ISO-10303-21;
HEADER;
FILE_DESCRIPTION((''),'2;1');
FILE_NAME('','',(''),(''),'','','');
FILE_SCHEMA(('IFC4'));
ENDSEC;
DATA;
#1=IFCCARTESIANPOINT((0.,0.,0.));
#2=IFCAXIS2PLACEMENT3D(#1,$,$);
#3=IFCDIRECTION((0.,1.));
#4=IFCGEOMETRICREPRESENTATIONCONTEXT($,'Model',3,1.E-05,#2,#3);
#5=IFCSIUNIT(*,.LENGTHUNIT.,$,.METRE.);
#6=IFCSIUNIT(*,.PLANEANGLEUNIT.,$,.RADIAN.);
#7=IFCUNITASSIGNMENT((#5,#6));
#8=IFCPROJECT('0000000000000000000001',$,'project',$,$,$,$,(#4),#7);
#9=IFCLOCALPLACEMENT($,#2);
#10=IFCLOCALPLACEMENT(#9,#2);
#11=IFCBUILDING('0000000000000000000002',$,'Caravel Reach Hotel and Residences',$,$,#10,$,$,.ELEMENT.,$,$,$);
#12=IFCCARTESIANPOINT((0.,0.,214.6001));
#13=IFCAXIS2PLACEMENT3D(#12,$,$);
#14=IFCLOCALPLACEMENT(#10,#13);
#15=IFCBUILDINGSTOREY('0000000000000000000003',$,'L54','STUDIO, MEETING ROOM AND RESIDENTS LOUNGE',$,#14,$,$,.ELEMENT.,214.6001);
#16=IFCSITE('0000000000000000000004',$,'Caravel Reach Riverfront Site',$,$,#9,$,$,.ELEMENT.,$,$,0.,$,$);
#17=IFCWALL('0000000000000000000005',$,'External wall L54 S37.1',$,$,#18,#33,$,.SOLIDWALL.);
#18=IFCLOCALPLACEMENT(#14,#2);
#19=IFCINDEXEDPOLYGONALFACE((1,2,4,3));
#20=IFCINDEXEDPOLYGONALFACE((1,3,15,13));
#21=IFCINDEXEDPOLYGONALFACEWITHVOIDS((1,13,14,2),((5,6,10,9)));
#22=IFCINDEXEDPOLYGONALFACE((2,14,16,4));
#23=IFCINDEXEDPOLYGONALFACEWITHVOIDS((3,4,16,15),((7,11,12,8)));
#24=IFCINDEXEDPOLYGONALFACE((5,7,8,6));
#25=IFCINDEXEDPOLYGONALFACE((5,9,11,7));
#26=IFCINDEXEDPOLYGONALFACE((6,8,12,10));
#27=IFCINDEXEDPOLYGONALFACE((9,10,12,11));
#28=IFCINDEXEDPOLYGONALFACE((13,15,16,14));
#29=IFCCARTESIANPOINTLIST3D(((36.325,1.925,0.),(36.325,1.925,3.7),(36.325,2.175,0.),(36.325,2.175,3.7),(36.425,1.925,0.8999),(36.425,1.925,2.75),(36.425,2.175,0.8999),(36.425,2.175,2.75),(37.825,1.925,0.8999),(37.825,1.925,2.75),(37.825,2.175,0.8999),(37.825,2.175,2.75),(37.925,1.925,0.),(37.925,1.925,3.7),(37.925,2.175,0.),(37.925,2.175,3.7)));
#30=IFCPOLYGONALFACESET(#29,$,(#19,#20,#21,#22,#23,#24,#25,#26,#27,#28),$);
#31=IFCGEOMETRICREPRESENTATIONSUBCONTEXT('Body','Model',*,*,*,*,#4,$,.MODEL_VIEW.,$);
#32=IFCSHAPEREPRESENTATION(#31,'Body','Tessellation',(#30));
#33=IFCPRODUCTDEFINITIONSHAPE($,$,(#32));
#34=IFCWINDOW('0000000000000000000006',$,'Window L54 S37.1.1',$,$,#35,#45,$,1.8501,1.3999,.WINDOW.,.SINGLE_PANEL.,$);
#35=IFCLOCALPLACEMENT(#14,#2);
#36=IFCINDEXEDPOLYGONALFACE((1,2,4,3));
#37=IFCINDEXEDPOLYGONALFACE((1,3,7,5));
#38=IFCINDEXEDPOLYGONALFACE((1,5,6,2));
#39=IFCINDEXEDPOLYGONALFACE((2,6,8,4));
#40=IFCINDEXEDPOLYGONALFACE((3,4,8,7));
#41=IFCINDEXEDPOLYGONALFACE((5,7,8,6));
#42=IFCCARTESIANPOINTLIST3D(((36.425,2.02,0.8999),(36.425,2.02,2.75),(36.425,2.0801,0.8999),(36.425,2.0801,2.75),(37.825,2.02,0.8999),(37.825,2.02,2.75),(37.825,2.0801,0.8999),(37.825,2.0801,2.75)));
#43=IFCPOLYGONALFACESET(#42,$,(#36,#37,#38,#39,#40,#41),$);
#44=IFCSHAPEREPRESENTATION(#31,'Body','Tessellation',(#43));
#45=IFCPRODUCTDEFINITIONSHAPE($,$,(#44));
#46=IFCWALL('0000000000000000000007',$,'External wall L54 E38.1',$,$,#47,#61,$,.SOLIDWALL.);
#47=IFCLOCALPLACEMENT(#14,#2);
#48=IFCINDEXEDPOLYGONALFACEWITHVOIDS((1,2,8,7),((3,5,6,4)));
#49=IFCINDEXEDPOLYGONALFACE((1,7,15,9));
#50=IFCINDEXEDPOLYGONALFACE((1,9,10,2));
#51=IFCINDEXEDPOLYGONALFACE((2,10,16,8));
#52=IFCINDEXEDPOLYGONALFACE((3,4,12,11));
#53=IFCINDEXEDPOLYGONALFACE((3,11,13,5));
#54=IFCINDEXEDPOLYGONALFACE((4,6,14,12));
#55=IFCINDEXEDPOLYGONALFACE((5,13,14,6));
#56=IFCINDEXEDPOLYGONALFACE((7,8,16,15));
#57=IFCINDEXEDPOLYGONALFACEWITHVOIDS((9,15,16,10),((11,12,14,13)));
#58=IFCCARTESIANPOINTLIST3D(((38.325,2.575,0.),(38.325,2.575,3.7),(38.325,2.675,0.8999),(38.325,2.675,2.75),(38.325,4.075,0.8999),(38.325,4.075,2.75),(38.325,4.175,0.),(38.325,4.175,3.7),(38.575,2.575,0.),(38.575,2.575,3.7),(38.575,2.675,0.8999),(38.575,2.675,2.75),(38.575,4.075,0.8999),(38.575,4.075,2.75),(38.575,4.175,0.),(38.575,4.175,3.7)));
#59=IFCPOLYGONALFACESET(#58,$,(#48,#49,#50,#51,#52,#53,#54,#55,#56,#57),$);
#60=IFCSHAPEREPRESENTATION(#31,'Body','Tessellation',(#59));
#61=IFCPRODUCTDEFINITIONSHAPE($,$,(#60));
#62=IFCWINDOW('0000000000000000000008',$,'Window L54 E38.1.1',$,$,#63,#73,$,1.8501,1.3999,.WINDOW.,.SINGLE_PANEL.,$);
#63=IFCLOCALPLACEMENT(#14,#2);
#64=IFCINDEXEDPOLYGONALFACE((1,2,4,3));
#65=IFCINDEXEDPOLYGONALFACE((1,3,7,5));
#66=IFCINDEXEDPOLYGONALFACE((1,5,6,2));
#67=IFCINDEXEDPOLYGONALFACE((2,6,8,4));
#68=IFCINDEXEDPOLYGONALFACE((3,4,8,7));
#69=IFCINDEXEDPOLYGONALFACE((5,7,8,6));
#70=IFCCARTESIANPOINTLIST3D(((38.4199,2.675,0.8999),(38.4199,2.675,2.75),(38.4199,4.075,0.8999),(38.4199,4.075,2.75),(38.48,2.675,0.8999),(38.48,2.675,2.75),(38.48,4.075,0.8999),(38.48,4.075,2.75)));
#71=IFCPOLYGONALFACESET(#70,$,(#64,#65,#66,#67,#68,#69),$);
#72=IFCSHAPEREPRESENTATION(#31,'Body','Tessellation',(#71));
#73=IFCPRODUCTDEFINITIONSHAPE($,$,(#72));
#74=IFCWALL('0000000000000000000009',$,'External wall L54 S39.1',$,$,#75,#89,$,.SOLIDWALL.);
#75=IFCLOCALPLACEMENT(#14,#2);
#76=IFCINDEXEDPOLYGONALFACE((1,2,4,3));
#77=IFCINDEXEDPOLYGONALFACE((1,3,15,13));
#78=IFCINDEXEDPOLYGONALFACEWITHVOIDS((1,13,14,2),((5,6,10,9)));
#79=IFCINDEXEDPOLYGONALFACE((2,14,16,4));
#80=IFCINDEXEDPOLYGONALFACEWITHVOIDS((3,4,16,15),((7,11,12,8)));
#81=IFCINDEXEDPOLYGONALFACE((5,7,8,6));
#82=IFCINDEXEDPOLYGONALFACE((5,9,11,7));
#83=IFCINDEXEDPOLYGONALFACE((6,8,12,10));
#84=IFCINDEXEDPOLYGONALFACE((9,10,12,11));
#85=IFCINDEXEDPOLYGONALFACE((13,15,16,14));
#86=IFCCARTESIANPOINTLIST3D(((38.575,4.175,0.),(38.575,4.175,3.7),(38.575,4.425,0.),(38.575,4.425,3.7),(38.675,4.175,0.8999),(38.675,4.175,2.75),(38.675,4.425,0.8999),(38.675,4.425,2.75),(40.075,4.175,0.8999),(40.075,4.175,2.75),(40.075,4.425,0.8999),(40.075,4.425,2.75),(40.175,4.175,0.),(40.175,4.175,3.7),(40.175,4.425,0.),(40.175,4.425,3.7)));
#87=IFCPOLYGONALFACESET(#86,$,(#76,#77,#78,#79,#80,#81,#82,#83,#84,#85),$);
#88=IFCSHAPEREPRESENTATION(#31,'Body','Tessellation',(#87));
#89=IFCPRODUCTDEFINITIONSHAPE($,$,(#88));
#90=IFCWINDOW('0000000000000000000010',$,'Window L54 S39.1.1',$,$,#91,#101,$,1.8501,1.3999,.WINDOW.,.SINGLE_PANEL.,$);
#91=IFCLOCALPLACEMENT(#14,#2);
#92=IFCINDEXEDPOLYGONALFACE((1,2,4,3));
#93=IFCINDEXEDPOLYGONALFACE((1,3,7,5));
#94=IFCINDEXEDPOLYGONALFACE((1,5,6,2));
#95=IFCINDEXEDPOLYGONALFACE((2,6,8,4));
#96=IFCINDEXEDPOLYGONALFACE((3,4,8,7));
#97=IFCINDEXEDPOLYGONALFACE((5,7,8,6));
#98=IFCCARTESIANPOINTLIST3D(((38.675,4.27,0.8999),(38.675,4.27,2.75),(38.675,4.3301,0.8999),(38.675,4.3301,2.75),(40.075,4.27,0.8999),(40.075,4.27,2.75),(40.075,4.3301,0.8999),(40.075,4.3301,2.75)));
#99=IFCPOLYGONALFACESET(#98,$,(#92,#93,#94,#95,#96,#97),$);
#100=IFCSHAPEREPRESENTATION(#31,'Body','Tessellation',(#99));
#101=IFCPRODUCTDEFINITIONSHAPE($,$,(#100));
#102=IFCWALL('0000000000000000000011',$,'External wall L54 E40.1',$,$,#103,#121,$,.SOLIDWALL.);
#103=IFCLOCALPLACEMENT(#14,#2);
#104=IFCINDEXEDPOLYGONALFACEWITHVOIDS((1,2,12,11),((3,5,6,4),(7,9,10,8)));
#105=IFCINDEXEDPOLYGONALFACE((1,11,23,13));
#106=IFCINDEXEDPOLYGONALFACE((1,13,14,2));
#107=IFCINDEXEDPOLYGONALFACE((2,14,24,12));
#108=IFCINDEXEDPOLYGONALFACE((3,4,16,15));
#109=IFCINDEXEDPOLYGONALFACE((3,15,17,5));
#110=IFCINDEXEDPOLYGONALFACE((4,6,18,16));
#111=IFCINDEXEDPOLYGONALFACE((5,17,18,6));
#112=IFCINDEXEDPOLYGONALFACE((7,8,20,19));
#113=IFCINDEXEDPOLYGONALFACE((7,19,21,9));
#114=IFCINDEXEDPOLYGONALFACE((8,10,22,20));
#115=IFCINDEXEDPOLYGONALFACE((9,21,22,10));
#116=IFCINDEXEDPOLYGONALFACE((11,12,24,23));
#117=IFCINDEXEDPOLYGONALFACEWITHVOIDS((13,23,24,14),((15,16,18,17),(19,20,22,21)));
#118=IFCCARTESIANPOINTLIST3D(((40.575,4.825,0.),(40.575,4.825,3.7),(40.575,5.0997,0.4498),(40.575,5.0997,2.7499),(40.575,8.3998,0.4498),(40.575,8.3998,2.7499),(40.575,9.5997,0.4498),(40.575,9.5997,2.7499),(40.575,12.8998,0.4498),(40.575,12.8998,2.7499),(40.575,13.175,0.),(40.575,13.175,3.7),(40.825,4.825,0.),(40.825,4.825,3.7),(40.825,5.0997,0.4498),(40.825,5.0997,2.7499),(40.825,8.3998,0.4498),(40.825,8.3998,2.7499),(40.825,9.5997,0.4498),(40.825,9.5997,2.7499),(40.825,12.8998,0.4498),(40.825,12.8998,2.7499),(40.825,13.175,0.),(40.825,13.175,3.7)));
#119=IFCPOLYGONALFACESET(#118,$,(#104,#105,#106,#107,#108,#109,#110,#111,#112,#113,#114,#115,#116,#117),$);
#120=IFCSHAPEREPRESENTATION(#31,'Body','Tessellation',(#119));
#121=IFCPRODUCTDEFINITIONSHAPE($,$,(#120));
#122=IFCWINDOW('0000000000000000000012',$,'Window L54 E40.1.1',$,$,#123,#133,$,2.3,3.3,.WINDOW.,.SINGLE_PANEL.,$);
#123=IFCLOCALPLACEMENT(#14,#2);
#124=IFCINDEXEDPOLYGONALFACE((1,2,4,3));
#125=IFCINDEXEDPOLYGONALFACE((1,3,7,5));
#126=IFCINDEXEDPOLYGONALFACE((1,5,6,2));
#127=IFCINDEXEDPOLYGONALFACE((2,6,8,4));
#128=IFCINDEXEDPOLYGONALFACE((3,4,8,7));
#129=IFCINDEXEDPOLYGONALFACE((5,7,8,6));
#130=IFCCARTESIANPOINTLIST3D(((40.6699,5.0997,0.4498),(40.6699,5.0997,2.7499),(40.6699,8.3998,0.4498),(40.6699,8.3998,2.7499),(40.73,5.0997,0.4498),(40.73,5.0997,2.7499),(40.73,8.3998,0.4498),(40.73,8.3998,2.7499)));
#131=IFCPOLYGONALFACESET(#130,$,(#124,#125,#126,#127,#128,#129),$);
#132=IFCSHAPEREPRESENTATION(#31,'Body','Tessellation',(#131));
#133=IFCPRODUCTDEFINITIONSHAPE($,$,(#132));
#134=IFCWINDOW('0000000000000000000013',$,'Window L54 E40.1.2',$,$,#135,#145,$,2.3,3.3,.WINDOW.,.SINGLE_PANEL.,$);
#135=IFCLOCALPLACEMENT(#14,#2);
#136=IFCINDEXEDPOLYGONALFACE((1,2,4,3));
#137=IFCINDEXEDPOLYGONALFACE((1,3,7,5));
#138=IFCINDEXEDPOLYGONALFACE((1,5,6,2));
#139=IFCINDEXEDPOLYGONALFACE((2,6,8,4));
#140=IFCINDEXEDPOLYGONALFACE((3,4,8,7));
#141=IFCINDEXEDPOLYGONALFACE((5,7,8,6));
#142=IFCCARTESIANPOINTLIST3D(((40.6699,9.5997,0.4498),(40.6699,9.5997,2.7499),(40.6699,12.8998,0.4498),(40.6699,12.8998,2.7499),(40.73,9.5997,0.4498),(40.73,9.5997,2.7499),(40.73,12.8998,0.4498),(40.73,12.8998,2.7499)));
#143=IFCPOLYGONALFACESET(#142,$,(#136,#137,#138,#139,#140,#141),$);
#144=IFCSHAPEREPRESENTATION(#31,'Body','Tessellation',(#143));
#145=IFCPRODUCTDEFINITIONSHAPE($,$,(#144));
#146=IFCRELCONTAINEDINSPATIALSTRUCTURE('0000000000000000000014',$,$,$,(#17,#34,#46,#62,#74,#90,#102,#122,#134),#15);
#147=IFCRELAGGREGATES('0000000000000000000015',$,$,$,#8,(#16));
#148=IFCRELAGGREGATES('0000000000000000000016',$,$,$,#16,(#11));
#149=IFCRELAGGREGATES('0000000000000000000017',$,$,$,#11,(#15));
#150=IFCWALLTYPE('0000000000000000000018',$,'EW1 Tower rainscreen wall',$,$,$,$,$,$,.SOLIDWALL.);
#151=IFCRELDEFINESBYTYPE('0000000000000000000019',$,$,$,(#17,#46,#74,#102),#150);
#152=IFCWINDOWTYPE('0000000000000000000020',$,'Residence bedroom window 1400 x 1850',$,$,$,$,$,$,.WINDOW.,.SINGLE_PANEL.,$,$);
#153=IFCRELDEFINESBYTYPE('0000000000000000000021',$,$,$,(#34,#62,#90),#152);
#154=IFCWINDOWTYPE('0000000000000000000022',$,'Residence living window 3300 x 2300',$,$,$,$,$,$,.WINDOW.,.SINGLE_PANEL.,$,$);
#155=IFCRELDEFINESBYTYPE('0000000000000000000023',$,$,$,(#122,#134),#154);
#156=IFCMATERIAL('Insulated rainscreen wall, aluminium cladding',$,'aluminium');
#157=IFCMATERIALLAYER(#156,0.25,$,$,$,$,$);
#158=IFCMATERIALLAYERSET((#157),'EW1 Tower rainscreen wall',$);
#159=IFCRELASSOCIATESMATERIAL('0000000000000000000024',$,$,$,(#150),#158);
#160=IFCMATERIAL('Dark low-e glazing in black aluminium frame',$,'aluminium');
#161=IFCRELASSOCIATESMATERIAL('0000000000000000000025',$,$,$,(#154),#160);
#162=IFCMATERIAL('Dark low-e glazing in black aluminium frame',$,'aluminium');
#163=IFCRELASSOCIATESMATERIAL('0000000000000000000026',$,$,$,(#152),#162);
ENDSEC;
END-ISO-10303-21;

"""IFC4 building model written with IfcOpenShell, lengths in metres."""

from ifc_helpers import new_model, si_unit, direction, frame, frame_2d, origin, place, context, subcontext, project, spatial, rectangle, extrude, material, layer, layer_set, type_object, element, fill, save


model = new_model("IFC4")

# Units and contexts
model_context = context("Model", 3, precision=1e-05, world=origin(), true_north=direction((0.0, 1.0)))
body_context = subcontext(model_context, "Body", "Model", "MODEL_VIEW")
ifc_project = project(units=[si_unit("LENGTHUNIT", "METRE"), si_unit("PLANEANGLEUNIT", "RADIAN")], contexts=[model_context])

# Site, building, storey
site_placement = place(None, origin())
site = spatial("IfcSite", under=ifc_project, at=site_placement, Name="Caravel Reach Riverfront Site", CompositionType="ELEMENT", RefElevation=0.0)
building_placement = place(site_placement, origin())
building = spatial("IfcBuilding", under=site, at=building_placement, Name="Caravel Reach Hotel and Residences", CompositionType="ELEMENT")
storey_placement = place(building_placement, frame((0.0, 0.0, 214.6001)))
storey = spatial("IfcBuildingStorey", under=building, at=storey_placement, Name="L54", Description="STUDIO, MEETING ROOM AND RESIDENTS LOUNGE", CompositionType="ELEMENT", Elevation=214.6001)

# Walls, openings, windows
ifc_material_1 = material(Name="Insulated rainscreen wall, aluminium cladding", Category="aluminium")
ifc_layer_1 = layer(ifc_material_1, 0.25)
ifc_layer_set_1 = layer_set([ifc_layer_1], Name="EW1 Tower rainscreen wall")
wall_type_1 = type_object("IfcWallType", Name="EW1 Tower rainscreen wall", PredefinedType="SOLIDWALL", material=ifc_layer_set_1)
ifc_material_2 = material(Name="Dark low-e glazing in black aluminium frame", Category="aluminium")
window_type_1 = type_object("IfcWindowType", Name="Residence living window 3300 x 2300", PartitioningType="SINGLE_PANEL", PredefinedType="WINDOW", material=ifc_material_2)
ifc_material_3 = material(Name="Dark low-e glazing in black aluminium frame", Category="aluminium")
window_type_2 = type_object("IfcWindowType", Name="Residence bedroom window 1400 x 1850", PartitioningType="SINGLE_PANEL", PredefinedType="WINDOW", material=ifc_material_3)
wall_1_placement = place(storey_placement, frame((36.325, 2.05, 0.0), z_axis=(0.0, 0.0, 1.0), x_axis=(1.0, 0.0, 0.0)))
wall_1 = element("IfcWall", 1, at=wall_1_placement, inside=storey, type_object=wall_type_1, Name="External wall L54 S37.1", PredefinedType="SOLIDWALL", context=body_context, shape_type="SweptSolid", body=[
    extrude(rectangle(XDim=1.6001, YDim=0.25, at=frame_2d((0.8, 0.0))), origin(), (0.0, 0.0, 1.0), 3.7),
])
opening_1_placement = place(wall_1_placement, frame((0.1001, 0.0, 0.8999)))
opening_1 = element("IfcOpeningElement", 2, at=opening_1_placement, cuts=wall_1, PredefinedType="OPENING", context=body_context, shape_type="SweptSolid", body=[
    extrude(rectangle(XDim=1.3999, YDim=1.8501, at=frame_2d((0.7, 0.925))), frame((0.0, 0.135, 0.0), z_axis=(0.0, -1.0, 0.0), x_axis=(1.0, 0.0, 0.0)), (0.0, 0.0, 1.0), 0.27),
])
window_1_placement = place(opening_1_placement, origin())
window_1 = element("IfcWindow", 3, at=window_1_placement, inside=storey, type_object=window_type_2, Name="Window L54 S37.1.1", OverallHeight=1.8501, OverallWidth=1.3999, PartitioningType="SINGLE_PANEL", PredefinedType="WINDOW", context=body_context, shape_type="SweptSolid", body=[
    extrude(rectangle(XDim=1.3999, YDim=1.8501, at=frame_2d((0.7, 0.925))), frame((0.0, 0.03, 0.0), z_axis=(0.0, -1.0, 0.0), x_axis=(1.0, 0.0, 0.0)), (0.0, 0.0, 1.0), 0.0601),
])
fill(opening_1, window_1)
wall_2_placement = place(storey_placement, frame((38.45, 2.575, 0.0), z_axis=(0.0, 0.0, 1.0), x_axis=(0.0, 1.0, 0.0)))
wall_2 = element("IfcWall", 4, at=wall_2_placement, inside=storey, type_object=wall_type_1, Name="External wall L54 E38.1", PredefinedType="SOLIDWALL", context=body_context, shape_type="SweptSolid", body=[
    extrude(rectangle(XDim=1.6001, YDim=0.25, at=frame_2d((0.8, 0.0))), origin(), (0.0, 0.0, 1.0), 3.7),
])
opening_2_placement = place(wall_2_placement, frame((0.1001, 0.0, 0.8999)))
opening_2 = element("IfcOpeningElement", 5, at=opening_2_placement, cuts=wall_2, PredefinedType="OPENING", context=body_context, shape_type="SweptSolid", body=[
    extrude(rectangle(XDim=1.3999, YDim=1.8501, at=frame_2d((0.7, 0.925))), frame((0.0, 0.135, 0.0), z_axis=(0.0, -1.0, 0.0), x_axis=(1.0, 0.0, 0.0)), (0.0, 0.0, 1.0), 0.27),
])
window_2_placement = place(opening_2_placement, origin())
window_2 = element("IfcWindow", 6, at=window_2_placement, inside=storey, type_object=window_type_2, Name="Window L54 E38.1.1", OverallHeight=1.8501, OverallWidth=1.3999, PartitioningType="SINGLE_PANEL", PredefinedType="WINDOW", context=body_context, shape_type="SweptSolid", body=[
    extrude(rectangle(XDim=1.3999, YDim=1.8501, at=frame_2d((0.7, 0.925))), frame((0.0, 0.03, 0.0), z_axis=(0.0, -1.0, 0.0), x_axis=(1.0, 0.0, 0.0)), (0.0, 0.0, 1.0), 0.0601),
])
fill(opening_2, window_2)
wall_3_placement = place(storey_placement, frame((38.575, 4.3, 0.0), z_axis=(0.0, 0.0, 1.0), x_axis=(1.0, 0.0, 0.0)))
wall_3 = element("IfcWall", 7, at=wall_3_placement, inside=storey, type_object=wall_type_1, Name="External wall L54 S39.1", PredefinedType="SOLIDWALL", context=body_context, shape_type="SweptSolid", body=[
    extrude(rectangle(XDim=1.6001, YDim=0.25, at=frame_2d((0.8, 0.0))), origin(), (0.0, 0.0, 1.0), 3.7),
])
opening_3_placement = place(wall_3_placement, frame((0.1001, 0.0, 0.8999)))
opening_3 = element("IfcOpeningElement", 8, at=opening_3_placement, cuts=wall_3, PredefinedType="OPENING", context=body_context, shape_type="SweptSolid", body=[
    extrude(rectangle(XDim=1.3999, YDim=1.8501, at=frame_2d((0.7, 0.925))), frame((0.0, 0.135, 0.0), z_axis=(0.0, -1.0, 0.0), x_axis=(1.0, 0.0, 0.0)), (0.0, 0.0, 1.0), 0.27),
])
window_3_placement = place(opening_3_placement, origin())
window_3 = element("IfcWindow", 9, at=window_3_placement, inside=storey, type_object=window_type_2, Name="Window L54 S39.1.1", OverallHeight=1.8501, OverallWidth=1.3999, PartitioningType="SINGLE_PANEL", PredefinedType="WINDOW", context=body_context, shape_type="SweptSolid", body=[
    extrude(rectangle(XDim=1.3999, YDim=1.8501, at=frame_2d((0.7, 0.925))), frame((0.0, 0.03, 0.0), z_axis=(0.0, -1.0, 0.0), x_axis=(1.0, 0.0, 0.0)), (0.0, 0.0, 1.0), 0.0601),
])
fill(opening_3, window_3)

# Wall, openings, windows
wall_4_placement = place(storey_placement, frame((40.7, 4.825, 0.0), z_axis=(0.0, 0.0, 1.0), x_axis=(0.0, 1.0, 0.0)))
wall_4 = element("IfcWall", 10, at=wall_4_placement, inside=storey, type_object=wall_type_1, Name="External wall L54 E40.1", PredefinedType="SOLIDWALL", context=body_context, shape_type="SweptSolid", body=[
    extrude(rectangle(XDim=8.3501, YDim=0.25, at=frame_2d((4.175, 0.0))), origin(), (0.0, 0.0, 1.0), 3.7),
])
opening_4_placement = place(wall_4_placement, frame((0.2749, 0.0, 0.45)))
opening_4 = element("IfcOpeningElement", 11, at=opening_4_placement, cuts=wall_4, PredefinedType="OPENING", context=body_context, shape_type="SweptSolid", body=[
    extrude(rectangle(XDim=3.3, YDim=2.3, at=frame_2d((1.6499, 1.1499))), frame((0.0, 0.135, 0.0), z_axis=(0.0, -1.0, 0.0), x_axis=(1.0, 0.0, 0.0)), (0.0, 0.0, 1.0), 0.27),
])
opening_5_placement = place(wall_4_placement, frame((4.7749, 0.0, 0.45)))
opening_5 = element("IfcOpeningElement", 12, at=opening_5_placement, cuts=wall_4, PredefinedType="OPENING", context=body_context, shape_type="SweptSolid", body=[
    extrude(rectangle(XDim=3.3, YDim=2.3, at=frame_2d((1.6499, 1.1499))), frame((0.0, 0.135, 0.0), z_axis=(0.0, -1.0, 0.0), x_axis=(1.0, 0.0, 0.0)), (0.0, 0.0, 1.0), 0.27),
])
window_4_placement = place(opening_4_placement, origin())
window_4 = element("IfcWindow", 13, at=window_4_placement, inside=storey, type_object=window_type_1, Name="Window L54 E40.1.1", OverallHeight=2.3, OverallWidth=3.3, PartitioningType="SINGLE_PANEL", PredefinedType="WINDOW", context=body_context, shape_type="SweptSolid", body=[
    extrude(rectangle(XDim=3.3, YDim=2.3, at=frame_2d((1.6499, 1.1499))), frame((0.0, 0.03, 0.0), z_axis=(0.0, -1.0, 0.0), x_axis=(1.0, 0.0, 0.0)), (0.0, 0.0, 1.0), 0.0601),
])
fill(opening_4, window_4)
window_5_placement = place(opening_5_placement, origin())
window_5 = element("IfcWindow", 14, at=window_5_placement, inside=storey, type_object=window_type_1, Name="Window L54 E40.1.2", OverallHeight=2.3, OverallWidth=3.3, PartitioningType="SINGLE_PANEL", PredefinedType="WINDOW", context=body_context, shape_type="SweptSolid", body=[
    extrude(rectangle(XDim=3.3, YDim=2.3, at=frame_2d((1.6499, 1.1499))), frame((0.0, 0.03, 0.0), z_axis=(0.0, -1.0, 0.0), x_axis=(1.0, 0.0, 0.0)), (0.0, 0.0, 1.0), 0.0601),
])
fill(opening_5, window_5)

save(model, "model.ifc")
